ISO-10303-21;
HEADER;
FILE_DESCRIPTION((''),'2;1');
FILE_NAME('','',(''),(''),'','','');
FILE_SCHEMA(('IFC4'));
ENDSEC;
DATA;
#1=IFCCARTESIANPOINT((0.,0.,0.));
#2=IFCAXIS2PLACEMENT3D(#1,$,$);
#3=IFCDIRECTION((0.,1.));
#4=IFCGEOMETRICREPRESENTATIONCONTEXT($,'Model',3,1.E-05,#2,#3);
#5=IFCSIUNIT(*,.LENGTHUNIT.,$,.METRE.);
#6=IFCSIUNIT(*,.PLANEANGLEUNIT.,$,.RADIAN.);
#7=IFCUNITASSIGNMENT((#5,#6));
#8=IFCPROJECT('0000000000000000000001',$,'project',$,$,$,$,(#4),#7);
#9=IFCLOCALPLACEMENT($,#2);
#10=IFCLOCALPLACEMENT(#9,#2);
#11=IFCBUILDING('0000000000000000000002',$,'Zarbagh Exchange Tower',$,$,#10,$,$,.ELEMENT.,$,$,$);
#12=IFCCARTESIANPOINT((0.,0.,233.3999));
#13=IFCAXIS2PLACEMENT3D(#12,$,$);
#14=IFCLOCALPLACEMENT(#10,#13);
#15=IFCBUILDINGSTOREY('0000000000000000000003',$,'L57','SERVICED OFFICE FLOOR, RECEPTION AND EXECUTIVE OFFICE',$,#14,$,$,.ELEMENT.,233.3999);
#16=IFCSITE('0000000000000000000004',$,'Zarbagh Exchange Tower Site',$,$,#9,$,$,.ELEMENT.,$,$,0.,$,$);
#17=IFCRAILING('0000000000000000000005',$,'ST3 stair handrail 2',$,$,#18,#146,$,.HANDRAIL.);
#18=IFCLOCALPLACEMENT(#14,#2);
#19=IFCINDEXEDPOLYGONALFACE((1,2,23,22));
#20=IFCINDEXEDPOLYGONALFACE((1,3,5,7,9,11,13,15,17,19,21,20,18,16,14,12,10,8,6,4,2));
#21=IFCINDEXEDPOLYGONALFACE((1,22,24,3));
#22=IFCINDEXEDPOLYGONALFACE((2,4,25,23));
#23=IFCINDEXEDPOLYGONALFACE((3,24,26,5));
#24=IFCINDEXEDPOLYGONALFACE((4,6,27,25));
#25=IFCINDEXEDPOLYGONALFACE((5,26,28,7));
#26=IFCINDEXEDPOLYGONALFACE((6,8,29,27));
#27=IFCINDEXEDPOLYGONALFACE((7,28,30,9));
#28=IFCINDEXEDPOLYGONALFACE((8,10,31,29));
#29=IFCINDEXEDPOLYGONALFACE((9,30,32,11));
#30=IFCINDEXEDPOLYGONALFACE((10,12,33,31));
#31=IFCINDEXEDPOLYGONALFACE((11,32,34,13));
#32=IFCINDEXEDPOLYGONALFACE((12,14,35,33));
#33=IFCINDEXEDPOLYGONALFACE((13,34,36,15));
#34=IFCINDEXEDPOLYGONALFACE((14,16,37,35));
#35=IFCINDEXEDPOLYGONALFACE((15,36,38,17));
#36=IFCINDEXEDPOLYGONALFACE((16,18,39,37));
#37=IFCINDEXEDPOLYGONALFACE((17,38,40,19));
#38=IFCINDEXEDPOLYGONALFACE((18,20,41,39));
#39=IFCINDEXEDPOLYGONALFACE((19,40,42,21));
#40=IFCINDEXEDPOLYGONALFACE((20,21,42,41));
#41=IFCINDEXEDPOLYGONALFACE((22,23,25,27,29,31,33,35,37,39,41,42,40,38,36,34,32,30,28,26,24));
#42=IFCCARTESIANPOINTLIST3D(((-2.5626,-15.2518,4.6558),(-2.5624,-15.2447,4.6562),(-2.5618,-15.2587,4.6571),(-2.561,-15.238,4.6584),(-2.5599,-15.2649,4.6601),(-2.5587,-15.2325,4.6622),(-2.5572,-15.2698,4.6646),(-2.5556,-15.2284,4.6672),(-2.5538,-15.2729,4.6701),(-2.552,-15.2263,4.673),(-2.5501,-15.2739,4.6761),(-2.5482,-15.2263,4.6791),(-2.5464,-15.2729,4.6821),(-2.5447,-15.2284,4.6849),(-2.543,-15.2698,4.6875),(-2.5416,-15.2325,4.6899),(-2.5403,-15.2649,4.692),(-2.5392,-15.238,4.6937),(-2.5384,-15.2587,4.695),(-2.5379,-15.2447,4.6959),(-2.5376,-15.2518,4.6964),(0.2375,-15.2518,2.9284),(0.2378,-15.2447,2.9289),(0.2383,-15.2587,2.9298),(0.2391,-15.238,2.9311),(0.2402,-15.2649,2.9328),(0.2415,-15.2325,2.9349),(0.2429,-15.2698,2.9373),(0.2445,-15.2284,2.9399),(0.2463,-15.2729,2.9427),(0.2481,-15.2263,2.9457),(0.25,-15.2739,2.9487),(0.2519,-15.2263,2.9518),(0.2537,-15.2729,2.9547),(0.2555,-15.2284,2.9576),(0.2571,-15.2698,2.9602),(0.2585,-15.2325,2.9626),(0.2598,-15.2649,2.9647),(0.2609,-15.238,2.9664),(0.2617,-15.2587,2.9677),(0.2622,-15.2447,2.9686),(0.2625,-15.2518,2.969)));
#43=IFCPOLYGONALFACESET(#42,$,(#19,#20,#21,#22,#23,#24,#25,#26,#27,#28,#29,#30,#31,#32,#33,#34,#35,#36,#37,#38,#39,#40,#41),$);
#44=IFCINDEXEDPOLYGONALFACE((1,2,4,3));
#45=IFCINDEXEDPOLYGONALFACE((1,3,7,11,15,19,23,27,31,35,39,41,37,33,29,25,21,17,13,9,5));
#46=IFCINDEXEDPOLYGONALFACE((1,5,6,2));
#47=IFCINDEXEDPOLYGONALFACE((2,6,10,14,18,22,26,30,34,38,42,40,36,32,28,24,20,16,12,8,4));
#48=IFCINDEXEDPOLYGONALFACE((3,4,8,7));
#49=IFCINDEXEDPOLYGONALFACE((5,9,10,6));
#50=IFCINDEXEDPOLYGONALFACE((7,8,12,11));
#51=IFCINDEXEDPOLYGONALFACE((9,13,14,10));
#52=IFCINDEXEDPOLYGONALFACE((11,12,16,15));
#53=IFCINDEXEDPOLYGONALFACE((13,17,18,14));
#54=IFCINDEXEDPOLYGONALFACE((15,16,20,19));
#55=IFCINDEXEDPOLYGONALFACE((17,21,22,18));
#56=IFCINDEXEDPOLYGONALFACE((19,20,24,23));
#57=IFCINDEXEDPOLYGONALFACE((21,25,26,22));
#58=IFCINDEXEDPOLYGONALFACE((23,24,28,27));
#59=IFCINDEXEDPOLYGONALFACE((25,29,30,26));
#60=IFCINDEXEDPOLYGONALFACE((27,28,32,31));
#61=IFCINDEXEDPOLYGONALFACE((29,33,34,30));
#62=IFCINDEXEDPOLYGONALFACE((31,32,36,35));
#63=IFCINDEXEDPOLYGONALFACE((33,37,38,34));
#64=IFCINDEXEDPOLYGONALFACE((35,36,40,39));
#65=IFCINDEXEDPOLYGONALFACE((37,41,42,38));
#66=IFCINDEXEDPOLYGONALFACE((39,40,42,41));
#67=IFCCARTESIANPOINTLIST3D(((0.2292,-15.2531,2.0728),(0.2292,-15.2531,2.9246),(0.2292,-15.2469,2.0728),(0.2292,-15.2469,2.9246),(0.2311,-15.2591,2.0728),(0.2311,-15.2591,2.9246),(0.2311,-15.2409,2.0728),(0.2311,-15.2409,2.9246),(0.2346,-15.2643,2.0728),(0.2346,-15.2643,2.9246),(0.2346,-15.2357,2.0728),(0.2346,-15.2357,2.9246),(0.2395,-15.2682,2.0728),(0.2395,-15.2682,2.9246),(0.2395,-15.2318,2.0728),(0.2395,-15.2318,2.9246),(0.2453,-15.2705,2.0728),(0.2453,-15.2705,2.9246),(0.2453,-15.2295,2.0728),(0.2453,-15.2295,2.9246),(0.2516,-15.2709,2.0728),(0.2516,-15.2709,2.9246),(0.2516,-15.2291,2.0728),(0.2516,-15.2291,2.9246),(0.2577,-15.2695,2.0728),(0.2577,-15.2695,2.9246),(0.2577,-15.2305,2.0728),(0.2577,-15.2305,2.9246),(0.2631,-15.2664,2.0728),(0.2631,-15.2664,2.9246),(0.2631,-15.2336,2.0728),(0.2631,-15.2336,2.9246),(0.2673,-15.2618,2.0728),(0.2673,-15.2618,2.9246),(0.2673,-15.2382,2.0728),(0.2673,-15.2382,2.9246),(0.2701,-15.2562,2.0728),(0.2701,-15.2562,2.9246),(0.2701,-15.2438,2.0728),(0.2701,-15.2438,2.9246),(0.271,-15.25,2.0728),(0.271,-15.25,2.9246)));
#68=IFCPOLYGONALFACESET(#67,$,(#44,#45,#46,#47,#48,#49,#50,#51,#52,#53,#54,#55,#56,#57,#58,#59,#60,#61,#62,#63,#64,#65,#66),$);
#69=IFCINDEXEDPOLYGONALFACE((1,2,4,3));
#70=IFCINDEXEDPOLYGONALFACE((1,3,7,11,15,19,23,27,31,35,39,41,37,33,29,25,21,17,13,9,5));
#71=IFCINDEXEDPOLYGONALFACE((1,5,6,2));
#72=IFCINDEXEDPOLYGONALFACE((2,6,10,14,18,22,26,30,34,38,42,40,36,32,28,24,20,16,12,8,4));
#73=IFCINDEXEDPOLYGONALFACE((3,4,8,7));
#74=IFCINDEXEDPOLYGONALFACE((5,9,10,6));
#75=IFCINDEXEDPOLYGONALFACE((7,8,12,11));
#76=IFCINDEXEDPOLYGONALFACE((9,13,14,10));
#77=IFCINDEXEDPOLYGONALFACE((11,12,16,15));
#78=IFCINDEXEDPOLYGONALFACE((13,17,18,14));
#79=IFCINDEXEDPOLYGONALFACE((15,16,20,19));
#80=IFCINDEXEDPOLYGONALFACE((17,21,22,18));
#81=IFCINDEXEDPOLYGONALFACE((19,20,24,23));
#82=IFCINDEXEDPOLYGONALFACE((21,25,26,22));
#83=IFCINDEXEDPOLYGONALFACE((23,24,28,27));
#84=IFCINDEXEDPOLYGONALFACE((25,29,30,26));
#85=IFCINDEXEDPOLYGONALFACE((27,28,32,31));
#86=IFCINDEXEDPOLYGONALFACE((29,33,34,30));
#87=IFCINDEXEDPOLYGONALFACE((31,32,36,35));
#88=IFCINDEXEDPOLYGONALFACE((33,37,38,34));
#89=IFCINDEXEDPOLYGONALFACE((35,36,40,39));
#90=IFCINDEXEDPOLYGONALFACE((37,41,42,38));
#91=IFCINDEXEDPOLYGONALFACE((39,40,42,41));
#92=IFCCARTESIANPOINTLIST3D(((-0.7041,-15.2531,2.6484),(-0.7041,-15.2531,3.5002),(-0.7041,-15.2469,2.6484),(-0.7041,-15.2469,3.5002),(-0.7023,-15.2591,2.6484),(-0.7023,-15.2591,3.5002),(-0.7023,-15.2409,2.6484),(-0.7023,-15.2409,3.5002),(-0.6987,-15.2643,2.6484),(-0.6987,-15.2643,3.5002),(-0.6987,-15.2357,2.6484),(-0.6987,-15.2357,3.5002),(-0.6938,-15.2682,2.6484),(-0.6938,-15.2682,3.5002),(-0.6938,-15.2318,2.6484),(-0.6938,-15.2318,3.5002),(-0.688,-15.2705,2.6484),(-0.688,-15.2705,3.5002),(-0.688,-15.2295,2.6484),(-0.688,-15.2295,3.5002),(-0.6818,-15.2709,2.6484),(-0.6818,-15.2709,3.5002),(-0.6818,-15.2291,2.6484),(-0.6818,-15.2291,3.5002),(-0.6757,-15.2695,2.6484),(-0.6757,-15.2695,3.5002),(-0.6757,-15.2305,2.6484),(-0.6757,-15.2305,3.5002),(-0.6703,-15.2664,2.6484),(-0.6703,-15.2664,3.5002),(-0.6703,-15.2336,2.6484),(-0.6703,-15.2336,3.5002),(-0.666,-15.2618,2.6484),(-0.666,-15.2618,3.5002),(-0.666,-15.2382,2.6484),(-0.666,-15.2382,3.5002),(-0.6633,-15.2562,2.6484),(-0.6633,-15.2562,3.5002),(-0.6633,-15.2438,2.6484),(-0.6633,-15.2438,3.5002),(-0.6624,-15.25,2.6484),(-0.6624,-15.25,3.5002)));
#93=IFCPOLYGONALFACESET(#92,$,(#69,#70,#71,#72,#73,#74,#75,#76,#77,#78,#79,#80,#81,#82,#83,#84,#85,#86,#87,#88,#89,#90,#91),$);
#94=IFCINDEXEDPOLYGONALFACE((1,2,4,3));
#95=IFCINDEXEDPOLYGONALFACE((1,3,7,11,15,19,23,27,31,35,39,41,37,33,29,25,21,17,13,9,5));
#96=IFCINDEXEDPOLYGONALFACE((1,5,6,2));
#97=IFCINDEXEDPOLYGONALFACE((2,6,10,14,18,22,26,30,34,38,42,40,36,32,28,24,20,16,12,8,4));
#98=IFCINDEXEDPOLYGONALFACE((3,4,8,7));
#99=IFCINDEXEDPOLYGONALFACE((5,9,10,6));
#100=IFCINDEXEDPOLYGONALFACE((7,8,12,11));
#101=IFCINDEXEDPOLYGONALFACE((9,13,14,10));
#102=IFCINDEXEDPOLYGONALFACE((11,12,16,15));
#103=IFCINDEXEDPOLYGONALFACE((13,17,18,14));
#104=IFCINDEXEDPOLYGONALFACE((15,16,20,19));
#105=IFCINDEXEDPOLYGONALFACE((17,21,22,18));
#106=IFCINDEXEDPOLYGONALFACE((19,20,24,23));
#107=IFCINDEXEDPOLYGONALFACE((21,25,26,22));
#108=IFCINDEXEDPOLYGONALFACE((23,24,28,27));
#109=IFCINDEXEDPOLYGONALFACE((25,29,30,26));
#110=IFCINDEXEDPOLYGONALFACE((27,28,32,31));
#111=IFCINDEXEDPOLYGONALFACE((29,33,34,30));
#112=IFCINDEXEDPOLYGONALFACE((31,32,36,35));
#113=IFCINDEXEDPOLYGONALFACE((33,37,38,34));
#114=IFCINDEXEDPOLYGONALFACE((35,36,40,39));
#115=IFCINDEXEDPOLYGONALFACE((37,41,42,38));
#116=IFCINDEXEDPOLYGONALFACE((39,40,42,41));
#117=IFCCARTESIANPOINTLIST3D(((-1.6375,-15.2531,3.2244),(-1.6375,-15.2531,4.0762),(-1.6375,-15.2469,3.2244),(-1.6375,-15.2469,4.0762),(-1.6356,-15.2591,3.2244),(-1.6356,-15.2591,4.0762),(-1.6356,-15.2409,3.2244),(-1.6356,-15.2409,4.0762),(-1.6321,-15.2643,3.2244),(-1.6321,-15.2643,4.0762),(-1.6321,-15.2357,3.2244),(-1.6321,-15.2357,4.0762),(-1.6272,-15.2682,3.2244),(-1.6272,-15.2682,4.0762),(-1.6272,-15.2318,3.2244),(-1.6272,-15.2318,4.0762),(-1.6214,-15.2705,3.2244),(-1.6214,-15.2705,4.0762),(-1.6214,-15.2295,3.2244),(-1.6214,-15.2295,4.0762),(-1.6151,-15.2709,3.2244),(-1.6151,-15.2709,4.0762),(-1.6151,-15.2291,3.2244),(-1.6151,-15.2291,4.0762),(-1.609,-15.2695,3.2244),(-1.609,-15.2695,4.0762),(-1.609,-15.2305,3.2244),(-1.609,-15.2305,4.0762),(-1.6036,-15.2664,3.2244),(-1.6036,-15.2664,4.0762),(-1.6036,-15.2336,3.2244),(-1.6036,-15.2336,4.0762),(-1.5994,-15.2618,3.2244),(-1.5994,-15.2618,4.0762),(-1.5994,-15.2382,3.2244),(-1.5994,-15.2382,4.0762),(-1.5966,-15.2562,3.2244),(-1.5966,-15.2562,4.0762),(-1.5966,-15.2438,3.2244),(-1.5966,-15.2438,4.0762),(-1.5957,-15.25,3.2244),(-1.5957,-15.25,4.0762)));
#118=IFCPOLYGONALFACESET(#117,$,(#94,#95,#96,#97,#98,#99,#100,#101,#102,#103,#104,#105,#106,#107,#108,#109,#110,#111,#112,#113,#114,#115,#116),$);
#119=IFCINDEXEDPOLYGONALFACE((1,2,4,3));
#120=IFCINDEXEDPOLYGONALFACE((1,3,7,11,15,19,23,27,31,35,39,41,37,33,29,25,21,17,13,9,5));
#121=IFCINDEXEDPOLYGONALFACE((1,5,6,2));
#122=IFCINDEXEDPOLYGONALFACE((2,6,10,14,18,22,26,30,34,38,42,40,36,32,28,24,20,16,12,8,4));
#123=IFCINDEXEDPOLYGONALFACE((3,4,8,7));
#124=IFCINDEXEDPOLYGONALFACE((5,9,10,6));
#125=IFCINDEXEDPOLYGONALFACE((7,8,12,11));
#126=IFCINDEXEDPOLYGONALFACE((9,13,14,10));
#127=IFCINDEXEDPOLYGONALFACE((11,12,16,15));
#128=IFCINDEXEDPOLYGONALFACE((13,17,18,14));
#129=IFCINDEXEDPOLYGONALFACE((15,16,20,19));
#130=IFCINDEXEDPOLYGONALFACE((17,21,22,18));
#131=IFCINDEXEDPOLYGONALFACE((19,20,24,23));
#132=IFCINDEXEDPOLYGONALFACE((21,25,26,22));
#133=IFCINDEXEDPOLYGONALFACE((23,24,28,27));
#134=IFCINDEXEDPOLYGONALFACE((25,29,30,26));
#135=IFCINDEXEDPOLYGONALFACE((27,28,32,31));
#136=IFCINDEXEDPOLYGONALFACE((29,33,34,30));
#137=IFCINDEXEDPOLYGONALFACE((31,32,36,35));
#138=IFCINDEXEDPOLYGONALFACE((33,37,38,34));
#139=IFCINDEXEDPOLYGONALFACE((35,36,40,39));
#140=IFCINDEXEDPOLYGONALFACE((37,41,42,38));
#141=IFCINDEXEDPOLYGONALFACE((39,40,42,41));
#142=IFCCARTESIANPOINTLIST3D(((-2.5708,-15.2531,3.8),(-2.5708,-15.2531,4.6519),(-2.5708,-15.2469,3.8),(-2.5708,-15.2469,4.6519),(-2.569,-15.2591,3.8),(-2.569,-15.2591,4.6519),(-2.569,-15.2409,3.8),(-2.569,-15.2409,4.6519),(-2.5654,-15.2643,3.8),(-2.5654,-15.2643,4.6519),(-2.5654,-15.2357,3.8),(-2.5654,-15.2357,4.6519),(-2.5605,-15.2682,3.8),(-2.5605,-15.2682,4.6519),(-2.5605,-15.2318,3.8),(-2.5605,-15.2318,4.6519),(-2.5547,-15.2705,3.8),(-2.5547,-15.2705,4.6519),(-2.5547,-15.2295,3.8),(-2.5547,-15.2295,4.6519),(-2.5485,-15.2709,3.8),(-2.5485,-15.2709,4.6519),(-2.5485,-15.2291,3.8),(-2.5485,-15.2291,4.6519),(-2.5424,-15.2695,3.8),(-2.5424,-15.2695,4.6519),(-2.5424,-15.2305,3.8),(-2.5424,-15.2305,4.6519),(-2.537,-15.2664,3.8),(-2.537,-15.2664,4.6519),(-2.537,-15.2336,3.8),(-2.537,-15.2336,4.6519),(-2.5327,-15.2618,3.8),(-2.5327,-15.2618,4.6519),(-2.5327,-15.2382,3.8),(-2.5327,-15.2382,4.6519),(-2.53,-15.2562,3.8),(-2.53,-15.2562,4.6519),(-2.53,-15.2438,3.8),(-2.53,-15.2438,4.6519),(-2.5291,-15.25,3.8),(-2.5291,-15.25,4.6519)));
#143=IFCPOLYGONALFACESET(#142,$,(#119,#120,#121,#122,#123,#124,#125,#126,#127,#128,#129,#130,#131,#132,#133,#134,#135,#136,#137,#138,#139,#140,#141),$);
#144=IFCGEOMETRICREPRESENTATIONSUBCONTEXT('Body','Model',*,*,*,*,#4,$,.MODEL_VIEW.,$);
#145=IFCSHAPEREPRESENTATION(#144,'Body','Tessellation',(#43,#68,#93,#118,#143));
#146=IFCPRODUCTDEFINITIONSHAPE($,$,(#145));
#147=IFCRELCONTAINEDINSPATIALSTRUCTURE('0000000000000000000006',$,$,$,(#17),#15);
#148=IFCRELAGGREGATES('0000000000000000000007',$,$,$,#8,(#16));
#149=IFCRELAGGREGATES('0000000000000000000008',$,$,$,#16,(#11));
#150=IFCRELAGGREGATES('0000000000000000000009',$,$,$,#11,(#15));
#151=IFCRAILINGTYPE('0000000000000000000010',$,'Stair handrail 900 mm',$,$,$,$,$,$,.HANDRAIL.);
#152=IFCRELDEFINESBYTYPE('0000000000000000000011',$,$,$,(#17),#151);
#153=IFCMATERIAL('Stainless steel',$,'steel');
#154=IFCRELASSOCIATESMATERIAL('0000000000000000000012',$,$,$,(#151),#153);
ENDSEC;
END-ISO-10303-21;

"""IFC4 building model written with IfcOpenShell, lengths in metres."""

from ifc_helpers import new_model, si_unit, direction, frame, origin, origin_2d, place, context, subcontext, project, spatial, circle, extrude, material, type_object, element, save


model = new_model("IFC4")

# Units and contexts
model_context = context("Model", 3, precision=1e-05, world=origin(), true_north=direction((0.0, 1.0)))
body_context = subcontext(model_context, "Body", "Model", "MODEL_VIEW")
ifc_project = project(units=[si_unit("LENGTHUNIT", "METRE"), si_unit("PLANEANGLEUNIT", "RADIAN")], contexts=[model_context])

# Site, building, storey
site_placement = place(None, origin())
site = spatial("IfcSite", under=ifc_project, at=site_placement, Name="Zarbagh Exchange Tower Site", CompositionType="ELEMENT", RefElevation=0.0)
building_placement = place(site_placement, origin())
building = spatial("IfcBuilding", under=site, at=building_placement, Name="Zarbagh Exchange Tower", CompositionType="ELEMENT")
storey_placement = place(building_placement, frame((0.0, 0.0, 233.3999)))
storey = spatial("IfcBuildingStorey", under=building, at=storey_placement, Name="L57", Description="SERVICED OFFICE FLOOR, RECEPTION AND EXECUTIVE OFFICE", CompositionType="ELEMENT", Elevation=233.3999)

# Shared definitions
ifc_material_1 = material(Name="Stainless steel", Category="steel")

# Railing
railing_type_1 = type_object("IfcRailingType", Name="Stair handrail 900 mm", PredefinedType="HANDRAIL", material=ifc_material_1)
railing_1_placement = place(storey_placement, frame((0.25, -15.25, 2.0728)))
element("IfcRailing", 1, at=railing_1_placement, inside=storey, type_object=railing_type_1, Name="ST3 stair handrail 2", PredefinedType="HANDRAIL", context=body_context, shape_type="SweptSolid", body=[
    extrude(circle(Radius=0.0239, at=origin_2d()), frame((0.0, 0.0, 0.876), z_axis=(-0.85109, 0.0, 0.52502), x_axis=(0.0, -1.0, 0.0)), (0.0, 0.0, 1.0), 3.29),
    extrude(circle(Radius=0.021, at=origin_2d()), origin(), (0.0, 0.0, 1.0), 0.8518),
    extrude(circle(Radius=0.021, at=origin_2d()), frame((-0.9333, 0.0, 0.5757)), (0.0, 0.0, 1.0), 0.8518),
    extrude(circle(Radius=0.021, at=origin_2d()), frame((-1.8667, 0.0, 1.1516)), (0.0, 0.0, 1.0), 0.8518),
    extrude(circle(Radius=0.021, at=origin_2d()), frame((-2.8, 0.0, 1.7273)), (0.0, 0.0, 1.0), 0.8518),
])

save(model, "model.ifc")
